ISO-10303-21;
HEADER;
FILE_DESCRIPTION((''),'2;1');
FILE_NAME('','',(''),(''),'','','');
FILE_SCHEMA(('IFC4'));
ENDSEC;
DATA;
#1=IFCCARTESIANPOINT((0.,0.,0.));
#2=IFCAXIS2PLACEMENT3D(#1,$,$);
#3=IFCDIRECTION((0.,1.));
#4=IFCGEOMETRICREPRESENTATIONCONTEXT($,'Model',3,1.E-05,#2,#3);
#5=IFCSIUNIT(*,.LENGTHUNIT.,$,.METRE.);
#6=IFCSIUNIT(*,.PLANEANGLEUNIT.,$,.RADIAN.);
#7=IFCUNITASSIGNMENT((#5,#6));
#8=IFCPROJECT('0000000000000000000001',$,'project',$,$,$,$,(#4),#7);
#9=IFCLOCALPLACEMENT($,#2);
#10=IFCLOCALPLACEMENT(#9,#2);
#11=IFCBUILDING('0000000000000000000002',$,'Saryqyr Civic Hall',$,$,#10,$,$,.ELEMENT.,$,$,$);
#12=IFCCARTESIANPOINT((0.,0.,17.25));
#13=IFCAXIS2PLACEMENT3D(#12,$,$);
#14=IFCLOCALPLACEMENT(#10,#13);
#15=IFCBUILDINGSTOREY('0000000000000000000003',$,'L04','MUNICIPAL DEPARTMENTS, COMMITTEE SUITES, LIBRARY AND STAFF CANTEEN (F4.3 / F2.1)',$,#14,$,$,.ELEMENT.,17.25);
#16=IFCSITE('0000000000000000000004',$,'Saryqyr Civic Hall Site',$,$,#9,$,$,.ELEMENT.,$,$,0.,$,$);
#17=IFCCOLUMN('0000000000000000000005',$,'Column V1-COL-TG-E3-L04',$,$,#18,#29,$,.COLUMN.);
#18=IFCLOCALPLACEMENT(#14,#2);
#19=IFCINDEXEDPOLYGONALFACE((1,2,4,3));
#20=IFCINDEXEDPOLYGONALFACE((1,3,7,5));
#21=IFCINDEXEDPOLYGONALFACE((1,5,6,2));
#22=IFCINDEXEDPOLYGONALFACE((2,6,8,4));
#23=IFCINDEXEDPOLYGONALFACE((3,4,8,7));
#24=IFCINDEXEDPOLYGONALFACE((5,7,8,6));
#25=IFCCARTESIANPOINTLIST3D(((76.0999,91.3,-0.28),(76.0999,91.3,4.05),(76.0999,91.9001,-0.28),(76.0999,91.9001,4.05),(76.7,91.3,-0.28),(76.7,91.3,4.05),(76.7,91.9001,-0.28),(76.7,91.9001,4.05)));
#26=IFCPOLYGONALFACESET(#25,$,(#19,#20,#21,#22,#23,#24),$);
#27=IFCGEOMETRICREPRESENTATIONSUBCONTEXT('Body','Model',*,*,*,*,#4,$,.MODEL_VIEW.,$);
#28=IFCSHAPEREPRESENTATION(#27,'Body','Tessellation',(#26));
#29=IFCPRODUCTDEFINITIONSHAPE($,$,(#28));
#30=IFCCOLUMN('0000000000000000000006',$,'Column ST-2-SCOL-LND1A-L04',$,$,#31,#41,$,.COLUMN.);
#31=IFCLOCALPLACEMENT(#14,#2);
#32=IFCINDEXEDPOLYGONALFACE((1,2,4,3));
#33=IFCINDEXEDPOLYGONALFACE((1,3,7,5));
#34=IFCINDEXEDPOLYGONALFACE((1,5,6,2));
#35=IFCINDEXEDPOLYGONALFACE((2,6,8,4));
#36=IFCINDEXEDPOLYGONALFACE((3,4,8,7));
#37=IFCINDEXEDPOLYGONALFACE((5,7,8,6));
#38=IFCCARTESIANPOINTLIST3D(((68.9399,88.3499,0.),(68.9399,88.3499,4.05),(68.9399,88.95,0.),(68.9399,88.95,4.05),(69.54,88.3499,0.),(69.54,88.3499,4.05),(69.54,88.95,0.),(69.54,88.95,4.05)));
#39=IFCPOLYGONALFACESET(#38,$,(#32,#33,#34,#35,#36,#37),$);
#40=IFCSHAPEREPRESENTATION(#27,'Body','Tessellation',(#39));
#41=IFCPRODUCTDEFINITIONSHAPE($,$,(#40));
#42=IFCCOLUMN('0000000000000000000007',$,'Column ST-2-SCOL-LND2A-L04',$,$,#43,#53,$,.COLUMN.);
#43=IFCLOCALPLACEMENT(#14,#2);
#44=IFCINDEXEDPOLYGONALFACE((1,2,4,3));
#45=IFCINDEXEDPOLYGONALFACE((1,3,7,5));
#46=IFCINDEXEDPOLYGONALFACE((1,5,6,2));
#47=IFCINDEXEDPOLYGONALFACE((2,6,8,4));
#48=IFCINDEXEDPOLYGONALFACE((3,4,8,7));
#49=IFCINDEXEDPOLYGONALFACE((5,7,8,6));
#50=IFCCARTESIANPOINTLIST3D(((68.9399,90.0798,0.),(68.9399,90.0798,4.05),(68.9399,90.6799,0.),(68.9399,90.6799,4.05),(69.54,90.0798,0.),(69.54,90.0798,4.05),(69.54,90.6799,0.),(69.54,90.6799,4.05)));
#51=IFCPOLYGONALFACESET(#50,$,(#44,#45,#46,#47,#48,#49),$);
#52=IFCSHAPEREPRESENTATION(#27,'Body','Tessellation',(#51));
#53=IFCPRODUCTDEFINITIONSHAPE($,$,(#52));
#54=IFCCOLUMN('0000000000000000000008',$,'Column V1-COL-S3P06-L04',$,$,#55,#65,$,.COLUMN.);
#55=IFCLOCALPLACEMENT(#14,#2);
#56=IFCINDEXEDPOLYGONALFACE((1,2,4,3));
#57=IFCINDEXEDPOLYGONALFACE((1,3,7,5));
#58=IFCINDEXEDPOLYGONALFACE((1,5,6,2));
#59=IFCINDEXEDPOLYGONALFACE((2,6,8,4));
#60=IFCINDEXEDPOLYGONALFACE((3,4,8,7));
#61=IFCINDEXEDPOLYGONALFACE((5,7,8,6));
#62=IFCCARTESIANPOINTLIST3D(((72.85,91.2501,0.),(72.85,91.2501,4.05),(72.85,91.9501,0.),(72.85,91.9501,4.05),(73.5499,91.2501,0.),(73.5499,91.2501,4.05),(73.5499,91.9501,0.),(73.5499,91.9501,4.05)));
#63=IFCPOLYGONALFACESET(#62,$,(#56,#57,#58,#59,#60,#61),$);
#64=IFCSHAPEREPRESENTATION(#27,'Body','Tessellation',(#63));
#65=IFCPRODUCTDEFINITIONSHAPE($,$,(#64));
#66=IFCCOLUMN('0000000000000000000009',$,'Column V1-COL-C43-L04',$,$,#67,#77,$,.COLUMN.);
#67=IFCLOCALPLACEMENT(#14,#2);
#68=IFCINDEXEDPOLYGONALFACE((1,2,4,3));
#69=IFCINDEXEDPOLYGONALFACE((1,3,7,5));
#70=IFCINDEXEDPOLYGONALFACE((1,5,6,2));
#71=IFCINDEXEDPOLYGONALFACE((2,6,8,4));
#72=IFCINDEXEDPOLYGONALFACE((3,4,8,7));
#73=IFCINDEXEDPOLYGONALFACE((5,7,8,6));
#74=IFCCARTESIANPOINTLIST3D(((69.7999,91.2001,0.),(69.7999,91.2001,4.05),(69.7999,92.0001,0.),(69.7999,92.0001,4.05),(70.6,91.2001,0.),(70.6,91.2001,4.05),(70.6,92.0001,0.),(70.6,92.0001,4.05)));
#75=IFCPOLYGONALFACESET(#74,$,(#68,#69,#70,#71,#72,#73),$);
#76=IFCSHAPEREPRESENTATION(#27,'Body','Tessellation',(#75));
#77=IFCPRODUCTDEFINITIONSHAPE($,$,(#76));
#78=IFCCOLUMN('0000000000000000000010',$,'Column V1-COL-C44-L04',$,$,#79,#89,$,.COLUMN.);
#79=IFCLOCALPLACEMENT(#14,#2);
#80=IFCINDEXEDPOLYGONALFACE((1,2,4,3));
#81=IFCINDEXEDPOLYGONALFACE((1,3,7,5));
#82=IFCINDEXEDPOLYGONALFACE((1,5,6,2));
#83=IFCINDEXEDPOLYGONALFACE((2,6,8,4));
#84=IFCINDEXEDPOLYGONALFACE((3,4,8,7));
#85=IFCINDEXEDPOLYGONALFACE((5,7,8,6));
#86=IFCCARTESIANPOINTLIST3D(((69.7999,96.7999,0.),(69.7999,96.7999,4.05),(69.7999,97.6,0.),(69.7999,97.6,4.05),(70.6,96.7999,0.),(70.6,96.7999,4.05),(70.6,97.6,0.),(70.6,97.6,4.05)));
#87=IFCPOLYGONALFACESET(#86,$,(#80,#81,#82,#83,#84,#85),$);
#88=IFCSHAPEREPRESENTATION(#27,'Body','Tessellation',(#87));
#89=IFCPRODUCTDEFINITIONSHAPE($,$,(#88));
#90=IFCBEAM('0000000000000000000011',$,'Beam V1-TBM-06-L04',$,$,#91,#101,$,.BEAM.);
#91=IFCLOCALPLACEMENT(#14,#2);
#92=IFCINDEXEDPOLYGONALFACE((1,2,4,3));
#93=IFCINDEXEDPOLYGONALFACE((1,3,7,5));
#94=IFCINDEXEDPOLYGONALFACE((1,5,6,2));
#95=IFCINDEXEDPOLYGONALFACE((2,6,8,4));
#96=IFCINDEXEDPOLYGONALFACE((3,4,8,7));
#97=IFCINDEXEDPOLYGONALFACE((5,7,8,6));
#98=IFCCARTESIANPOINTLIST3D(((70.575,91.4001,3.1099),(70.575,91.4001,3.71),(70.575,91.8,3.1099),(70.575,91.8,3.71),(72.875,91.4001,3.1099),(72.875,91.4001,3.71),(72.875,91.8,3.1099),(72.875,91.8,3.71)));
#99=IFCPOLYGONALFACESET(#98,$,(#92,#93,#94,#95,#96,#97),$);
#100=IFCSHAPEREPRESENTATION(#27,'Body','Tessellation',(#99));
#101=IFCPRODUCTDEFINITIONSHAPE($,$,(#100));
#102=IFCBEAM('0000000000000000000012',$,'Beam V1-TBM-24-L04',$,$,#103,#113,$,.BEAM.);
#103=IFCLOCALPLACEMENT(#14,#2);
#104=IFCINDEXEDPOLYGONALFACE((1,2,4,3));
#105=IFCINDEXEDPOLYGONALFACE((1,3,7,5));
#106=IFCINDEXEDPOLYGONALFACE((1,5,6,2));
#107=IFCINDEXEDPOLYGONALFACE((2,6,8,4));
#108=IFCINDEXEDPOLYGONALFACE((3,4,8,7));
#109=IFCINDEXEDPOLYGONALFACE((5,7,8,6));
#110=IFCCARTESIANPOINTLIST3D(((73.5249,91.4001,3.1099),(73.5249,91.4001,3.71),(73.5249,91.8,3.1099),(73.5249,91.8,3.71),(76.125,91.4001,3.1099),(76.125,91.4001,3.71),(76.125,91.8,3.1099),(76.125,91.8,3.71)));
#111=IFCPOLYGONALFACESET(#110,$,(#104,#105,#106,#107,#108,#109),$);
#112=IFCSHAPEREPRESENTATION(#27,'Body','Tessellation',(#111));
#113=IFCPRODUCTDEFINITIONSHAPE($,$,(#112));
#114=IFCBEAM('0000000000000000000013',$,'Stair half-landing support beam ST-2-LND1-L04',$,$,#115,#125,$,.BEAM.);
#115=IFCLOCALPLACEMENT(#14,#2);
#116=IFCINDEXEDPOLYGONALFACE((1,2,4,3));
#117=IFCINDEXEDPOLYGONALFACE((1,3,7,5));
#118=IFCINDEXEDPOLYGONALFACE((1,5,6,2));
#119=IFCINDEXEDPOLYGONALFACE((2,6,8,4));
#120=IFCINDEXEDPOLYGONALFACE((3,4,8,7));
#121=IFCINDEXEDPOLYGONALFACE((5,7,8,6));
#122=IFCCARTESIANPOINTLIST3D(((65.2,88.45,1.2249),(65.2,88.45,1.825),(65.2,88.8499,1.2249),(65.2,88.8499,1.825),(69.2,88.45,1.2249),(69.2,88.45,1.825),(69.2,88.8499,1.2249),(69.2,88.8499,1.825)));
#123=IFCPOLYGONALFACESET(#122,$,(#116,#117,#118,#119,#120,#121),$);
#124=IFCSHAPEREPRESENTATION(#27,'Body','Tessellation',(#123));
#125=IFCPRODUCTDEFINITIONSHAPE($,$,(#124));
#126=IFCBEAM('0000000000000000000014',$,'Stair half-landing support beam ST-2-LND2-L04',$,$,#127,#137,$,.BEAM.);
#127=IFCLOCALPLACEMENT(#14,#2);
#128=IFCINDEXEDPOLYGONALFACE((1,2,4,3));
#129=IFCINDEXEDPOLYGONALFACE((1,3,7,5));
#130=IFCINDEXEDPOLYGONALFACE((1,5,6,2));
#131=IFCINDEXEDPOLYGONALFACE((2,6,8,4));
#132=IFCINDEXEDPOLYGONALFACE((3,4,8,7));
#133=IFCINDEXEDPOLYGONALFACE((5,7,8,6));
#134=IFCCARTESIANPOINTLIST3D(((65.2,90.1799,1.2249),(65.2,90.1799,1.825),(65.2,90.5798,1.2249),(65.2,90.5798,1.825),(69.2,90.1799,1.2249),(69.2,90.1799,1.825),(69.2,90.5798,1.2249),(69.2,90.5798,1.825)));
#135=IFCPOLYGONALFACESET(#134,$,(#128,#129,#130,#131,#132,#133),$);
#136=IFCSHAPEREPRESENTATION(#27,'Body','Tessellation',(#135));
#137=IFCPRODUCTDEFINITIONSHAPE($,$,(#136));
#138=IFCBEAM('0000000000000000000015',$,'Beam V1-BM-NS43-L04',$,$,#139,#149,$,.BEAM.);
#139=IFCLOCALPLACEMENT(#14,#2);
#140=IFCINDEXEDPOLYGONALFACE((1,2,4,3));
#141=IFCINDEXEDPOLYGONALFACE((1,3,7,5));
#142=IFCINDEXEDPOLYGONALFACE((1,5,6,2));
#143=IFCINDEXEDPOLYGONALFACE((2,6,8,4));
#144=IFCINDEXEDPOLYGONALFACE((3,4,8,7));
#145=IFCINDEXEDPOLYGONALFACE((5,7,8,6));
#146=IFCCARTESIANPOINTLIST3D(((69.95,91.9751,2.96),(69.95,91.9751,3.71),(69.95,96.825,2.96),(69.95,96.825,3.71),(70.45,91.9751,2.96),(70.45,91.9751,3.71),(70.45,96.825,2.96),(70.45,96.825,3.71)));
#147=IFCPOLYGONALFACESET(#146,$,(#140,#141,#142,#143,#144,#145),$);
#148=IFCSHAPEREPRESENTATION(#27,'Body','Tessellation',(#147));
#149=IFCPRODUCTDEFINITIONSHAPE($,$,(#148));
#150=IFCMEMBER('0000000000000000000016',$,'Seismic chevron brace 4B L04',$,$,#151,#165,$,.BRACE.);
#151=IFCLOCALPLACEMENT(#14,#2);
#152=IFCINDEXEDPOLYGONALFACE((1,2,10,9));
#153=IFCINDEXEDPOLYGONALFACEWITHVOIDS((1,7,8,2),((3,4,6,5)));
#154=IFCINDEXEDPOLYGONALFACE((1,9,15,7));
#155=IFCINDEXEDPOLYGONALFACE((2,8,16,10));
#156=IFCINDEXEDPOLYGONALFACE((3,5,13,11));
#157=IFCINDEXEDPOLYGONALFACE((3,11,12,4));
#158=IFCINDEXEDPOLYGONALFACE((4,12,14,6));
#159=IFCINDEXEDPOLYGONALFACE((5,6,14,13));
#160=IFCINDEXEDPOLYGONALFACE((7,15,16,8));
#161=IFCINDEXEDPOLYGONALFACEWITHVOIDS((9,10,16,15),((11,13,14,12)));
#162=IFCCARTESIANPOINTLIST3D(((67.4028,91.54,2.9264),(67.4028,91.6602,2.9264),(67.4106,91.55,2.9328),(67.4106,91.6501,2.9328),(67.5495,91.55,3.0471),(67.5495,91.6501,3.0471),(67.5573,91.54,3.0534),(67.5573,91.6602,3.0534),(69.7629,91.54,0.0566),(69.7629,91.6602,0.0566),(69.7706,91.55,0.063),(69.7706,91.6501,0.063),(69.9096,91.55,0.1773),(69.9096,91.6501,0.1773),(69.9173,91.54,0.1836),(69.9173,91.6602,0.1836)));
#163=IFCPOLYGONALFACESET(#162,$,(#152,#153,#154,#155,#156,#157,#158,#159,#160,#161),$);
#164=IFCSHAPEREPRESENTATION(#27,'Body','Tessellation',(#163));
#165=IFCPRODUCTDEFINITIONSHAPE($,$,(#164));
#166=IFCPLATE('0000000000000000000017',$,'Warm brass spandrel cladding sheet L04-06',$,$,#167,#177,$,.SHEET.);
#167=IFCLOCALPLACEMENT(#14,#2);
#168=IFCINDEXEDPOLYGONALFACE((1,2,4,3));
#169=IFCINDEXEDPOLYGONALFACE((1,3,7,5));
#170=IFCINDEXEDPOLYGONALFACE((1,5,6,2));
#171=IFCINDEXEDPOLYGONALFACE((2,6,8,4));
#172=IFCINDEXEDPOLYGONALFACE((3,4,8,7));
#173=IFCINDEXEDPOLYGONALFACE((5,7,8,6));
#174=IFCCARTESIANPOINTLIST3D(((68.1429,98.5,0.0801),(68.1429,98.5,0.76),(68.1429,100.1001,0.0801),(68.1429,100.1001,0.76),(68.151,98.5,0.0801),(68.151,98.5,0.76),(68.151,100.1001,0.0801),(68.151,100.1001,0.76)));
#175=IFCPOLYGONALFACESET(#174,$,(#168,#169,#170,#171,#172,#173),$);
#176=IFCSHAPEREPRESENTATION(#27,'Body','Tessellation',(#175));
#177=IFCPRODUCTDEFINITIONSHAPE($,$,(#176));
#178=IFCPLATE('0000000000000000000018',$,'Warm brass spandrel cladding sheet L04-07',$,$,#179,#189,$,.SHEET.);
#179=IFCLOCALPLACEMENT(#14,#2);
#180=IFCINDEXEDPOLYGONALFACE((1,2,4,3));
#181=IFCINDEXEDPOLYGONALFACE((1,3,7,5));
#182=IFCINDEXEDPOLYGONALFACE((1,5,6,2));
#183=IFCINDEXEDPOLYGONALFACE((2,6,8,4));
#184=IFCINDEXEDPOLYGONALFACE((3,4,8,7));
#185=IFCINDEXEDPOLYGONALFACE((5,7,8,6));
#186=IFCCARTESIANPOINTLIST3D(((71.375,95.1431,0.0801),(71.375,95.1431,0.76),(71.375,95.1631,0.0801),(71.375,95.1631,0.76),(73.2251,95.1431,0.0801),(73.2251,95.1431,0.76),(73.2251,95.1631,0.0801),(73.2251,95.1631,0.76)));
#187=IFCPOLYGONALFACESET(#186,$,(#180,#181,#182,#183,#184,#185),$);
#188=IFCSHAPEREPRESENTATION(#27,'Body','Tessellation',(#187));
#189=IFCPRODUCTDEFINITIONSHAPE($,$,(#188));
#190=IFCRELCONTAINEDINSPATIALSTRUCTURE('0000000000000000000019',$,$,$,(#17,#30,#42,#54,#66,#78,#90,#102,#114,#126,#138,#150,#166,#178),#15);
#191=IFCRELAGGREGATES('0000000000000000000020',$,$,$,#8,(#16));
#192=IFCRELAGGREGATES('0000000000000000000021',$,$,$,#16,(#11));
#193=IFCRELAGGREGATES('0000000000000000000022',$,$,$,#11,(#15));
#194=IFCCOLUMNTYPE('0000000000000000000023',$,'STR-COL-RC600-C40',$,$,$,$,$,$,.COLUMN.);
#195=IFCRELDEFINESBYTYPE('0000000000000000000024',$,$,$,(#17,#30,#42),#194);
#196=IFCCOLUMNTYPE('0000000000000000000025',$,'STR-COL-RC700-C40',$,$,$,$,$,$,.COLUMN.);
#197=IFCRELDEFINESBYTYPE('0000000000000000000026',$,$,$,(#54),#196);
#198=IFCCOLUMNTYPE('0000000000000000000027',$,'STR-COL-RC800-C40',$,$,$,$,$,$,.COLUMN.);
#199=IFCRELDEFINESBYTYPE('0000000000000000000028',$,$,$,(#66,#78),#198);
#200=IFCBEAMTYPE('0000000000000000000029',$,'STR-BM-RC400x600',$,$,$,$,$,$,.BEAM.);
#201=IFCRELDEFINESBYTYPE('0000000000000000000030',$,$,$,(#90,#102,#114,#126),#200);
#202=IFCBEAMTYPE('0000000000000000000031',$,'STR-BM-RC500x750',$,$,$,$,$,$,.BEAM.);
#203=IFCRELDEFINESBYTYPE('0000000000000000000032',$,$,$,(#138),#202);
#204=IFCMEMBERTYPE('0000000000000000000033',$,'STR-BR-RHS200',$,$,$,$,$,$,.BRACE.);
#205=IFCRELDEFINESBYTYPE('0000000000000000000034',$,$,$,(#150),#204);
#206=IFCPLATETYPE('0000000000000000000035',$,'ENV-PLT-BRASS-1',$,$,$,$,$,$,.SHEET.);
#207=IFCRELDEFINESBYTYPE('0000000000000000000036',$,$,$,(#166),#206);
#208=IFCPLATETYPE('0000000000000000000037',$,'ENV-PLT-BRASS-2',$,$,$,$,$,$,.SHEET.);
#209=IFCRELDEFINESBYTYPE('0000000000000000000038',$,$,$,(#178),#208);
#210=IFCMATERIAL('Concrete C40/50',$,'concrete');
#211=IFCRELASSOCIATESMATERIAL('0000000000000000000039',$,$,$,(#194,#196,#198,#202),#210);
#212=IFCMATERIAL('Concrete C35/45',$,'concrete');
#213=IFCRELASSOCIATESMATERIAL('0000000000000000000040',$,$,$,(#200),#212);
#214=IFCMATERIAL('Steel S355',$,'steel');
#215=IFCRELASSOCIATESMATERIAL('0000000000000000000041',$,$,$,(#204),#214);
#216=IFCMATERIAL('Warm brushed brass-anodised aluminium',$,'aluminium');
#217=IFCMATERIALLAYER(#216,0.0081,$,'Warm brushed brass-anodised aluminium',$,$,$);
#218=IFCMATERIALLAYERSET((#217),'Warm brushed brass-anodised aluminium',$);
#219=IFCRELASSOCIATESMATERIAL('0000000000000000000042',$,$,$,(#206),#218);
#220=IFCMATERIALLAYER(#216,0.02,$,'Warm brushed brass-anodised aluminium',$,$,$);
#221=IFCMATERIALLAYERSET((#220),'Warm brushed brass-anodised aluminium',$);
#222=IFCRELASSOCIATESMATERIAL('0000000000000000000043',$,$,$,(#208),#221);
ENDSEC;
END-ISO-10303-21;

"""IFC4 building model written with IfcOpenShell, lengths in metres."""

from ifc_helpers import new_model, si_unit, direction, frame, origin, origin_2d, place, context, subcontext, project, spatial, rectangle, hollow_rectangle, extrude, material, layer, layer_set, material_profile, profile_set, type_object, element, save


model = new_model("IFC4")

# Units and contexts
model_context = context("Model", 3, precision=1e-05, world=origin(), true_north=direction((0.0, 1.0)))
body_context = subcontext(model_context, "Body", "Model", "MODEL_VIEW")
ifc_project = project(units=[si_unit("LENGTHUNIT", "METRE"), si_unit("PLANEANGLEUNIT", "RADIAN")], contexts=[model_context])

# Site, building, storey
site_placement = place(None, origin())
site = spatial("IfcSite", under=ifc_project, at=site_placement, Name="Saryqyr Civic Hall Site", CompositionType="ELEMENT", RefElevation=0.0)
building_placement = place(site_placement, origin())
building = spatial("IfcBuilding", under=site, at=building_placement, Name="Saryqyr Civic Hall", CompositionType="ELEMENT")
storey_placement = place(building_placement, frame((0.0, 0.0, 17.25)))
storey = spatial("IfcBuildingStorey", under=building, at=storey_placement, Name="L04", Description="MUNICIPAL DEPARTMENTS, COMMITTEE SUITES, LIBRARY AND STAFF CANTEEN (F4.3 / F2.1)", CompositionType="ELEMENT", Elevation=17.25)

# Columns
ifc_material_1 = material(Name="Concrete C40/50", Category="concrete")
ifc_material_profile_1 = material_profile(ifc_material_1, rectangle(XDim=0.6001, YDim=0.6001, at=origin_2d()), Name="RC 600x600")
ifc_profile_set_1 = profile_set([ifc_material_profile_1], Name="Concrete C40/50")
column_type_1 = type_object("IfcColumnType", Name="STR-COL-RC600-C40", PredefinedType="COLUMN", material=ifc_profile_set_1)
column_1_placement = place(storey_placement, frame((76.3999, 91.6001, -0.28), z_axis=(0.0, 0.0, 1.0), x_axis=(1.0, 0.0, 0.0)))
element("IfcColumn", 1, at=column_1_placement, inside=storey, type_object=column_type_1, Name="Column V1-COL-TG-E3-L04", PredefinedType="COLUMN", context=body_context, shape_type="SweptSolid", body=[
    extrude(rectangle(XDim=0.6001, YDim=0.6001, at=origin_2d()), origin(), (0.0, 0.0, 1.0), 4.3301),
])
for number, where, z_axis, x_axis, name in (
    (2, (69.24, 88.6499, 0.0), (0.0, 0.0, 1.0), (1.0, 0.0, 0.0), "Column ST-2-SCOL-LND1A-L04"),
    (3, (69.24, 90.3799, 0.0), (0.0, 0.0, 1.0), (1.0, 0.0, 0.0), "Column ST-2-SCOL-LND2A-L04"),
):
    element("IfcColumn", number, at=place(storey_placement, frame(where, z_axis=z_axis, x_axis=x_axis)), inside=storey, type_object=column_type_1, Name=name, PredefinedType="COLUMN", context=body_context, shape_type="SweptSolid", body=[
        extrude(rectangle(XDim=0.6001, YDim=0.6001, at=origin_2d()), origin(), (0.0, 0.0, 1.0), 4.05),
    ])
ifc_material_profile_2 = material_profile(ifc_material_1, rectangle(XDim=0.7, YDim=0.7, at=origin_2d()), Name="RC 700x700")
ifc_profile_set_2 = profile_set([ifc_material_profile_2], Name="Concrete C40/50")
column_type_2 = type_object("IfcColumnType", Name="STR-COL-RC700-C40", PredefinedType="COLUMN", material=ifc_profile_set_2)
column_2_placement = place(storey_placement, frame((73.2, 91.6001, 0.0), z_axis=(0.0, 0.0, 1.0), x_axis=(1.0, 0.0, 0.0)))
element("IfcColumn", 4, at=column_2_placement, inside=storey, type_object=column_type_2, Name="Column V1-COL-S3P06-L04", PredefinedType="COLUMN", context=body_context, shape_type="SweptSolid", body=[
    extrude(rectangle(XDim=0.7, YDim=0.7, at=origin_2d()), origin(), (0.0, 0.0, 1.0), 4.05),
])
ifc_material_profile_3 = material_profile(ifc_material_1, rectangle(XDim=0.8, YDim=0.8, at=origin_2d()), Name="RC 800x800")
ifc_profile_set_3 = profile_set([ifc_material_profile_3], Name="Concrete C40/50")
column_type_3 = type_object("IfcColumnType", Name="STR-COL-RC800-C40", PredefinedType="COLUMN", material=ifc_profile_set_3)
for number, where, z_axis, x_axis, name in (
    (5, (70.2, 91.6001, 0.0), (0.0, 0.0, 1.0), (1.0, 0.0, 0.0), "Column V1-COL-C43-L04"),
    (6, (70.2, 97.2, 0.0), (0.0, 0.0, 1.0), (1.0, 0.0, 0.0), "Column V1-COL-C44-L04"),
):
    element("IfcColumn", number, at=place(storey_placement, frame(where, z_axis=z_axis, x_axis=x_axis)), inside=storey, type_object=column_type_3, Name=name, PredefinedType="COLUMN", context=body_context, shape_type="SweptSolid", body=[
        extrude(rectangle(XDim=0.8, YDim=0.8, at=origin_2d()), origin(), (0.0, 0.0, 1.0), 4.05),
    ])

# Beams
ifc_material_2 = material(Name="Concrete C35/45", Category="concrete")
ifc_material_profile_4 = material_profile(ifc_material_2, rectangle(XDim=0.3999, YDim=0.6001, at=origin_2d()), Name="RC 400x600")
ifc_profile_set_4 = profile_set([ifc_material_profile_4], Name="Concrete C35/45")
beam_type_1 = type_object("IfcBeamType", Name="STR-BM-RC400x600", PredefinedType="BEAM", material=ifc_profile_set_4)
beam_1_placement = place(storey_placement, frame((70.575, 91.6001, 3.4099), z_axis=(1.0, 0.0, 0.0), x_axis=(0.0, 1.0, 0.0)))
element("IfcBeam", 7, at=beam_1_placement, inside=storey, type_object=beam_type_1, Name="Beam V1-TBM-06-L04", PredefinedType="BEAM", context=body_context, shape_type="SweptSolid", body=[
    extrude(rectangle(XDim=0.3999, YDim=0.6001, at=origin_2d()), origin(), (0.0, 0.0, 1.0), 2.3),
])
beam_2_placement = place(storey_placement, frame((73.5249, 91.6001, 3.4099), z_axis=(1.0, 0.0, 0.0), x_axis=(0.0, 1.0, 0.0)))
element("IfcBeam", 8, at=beam_2_placement, inside=storey, type_object=beam_type_1, Name="Beam V1-TBM-24-L04", PredefinedType="BEAM", context=body_context, shape_type="SweptSolid", body=[
    extrude(rectangle(XDim=0.3999, YDim=0.6001, at=origin_2d()), origin(), (0.0, 0.0, 1.0), 2.6001),
])
for number, where, z_axis, x_axis, name in (
    (9, (69.2, 88.6499, 1.5249), (-1.0, 0.0, 0.0), (0.0, -1.0, 0.0), "Stair half-landing support beam ST-2-LND1-L04"),
    (10, (69.2, 90.3799, 1.5249), (-1.0, 0.0, 0.0), (0.0, -1.0, 0.0), "Stair half-landing support beam ST-2-LND2-L04"),
):
    element("IfcBeam", number, at=place(storey_placement, frame(where, z_axis=z_axis, x_axis=x_axis)), inside=storey, type_object=beam_type_1, Name=name, PredefinedType="BEAM", context=body_context, shape_type="SweptSolid", body=[
        extrude(rectangle(XDim=0.3999, YDim=0.6001, at=origin_2d()), origin(), (0.0, 0.0, 1.0), 4.0),
    ])
ifc_material_profile_5 = material_profile(ifc_material_1, rectangle(XDim=0.5, YDim=0.75, at=origin_2d()), Name="RC 500x750")
ifc_profile_set_5 = profile_set([ifc_material_profile_5], Name="Concrete C40/50")
beam_type_2 = type_object("IfcBeamType", Name="STR-BM-RC500x750", PredefinedType="BEAM", material=ifc_profile_set_5)
beam_3_placement = place(storey_placement, frame((70.2, 91.9751, 3.335), z_axis=(0.0, 1.0, 0.0), x_axis=(-1.0, 0.0, 0.0)))
element("IfcBeam", 11, at=beam_3_placement, inside=storey, type_object=beam_type_2, Name="Beam V1-BM-NS43-L04", PredefinedType="BEAM", context=body_context, shape_type="SweptSolid", body=[
    extrude(rectangle(XDim=0.5, YDim=0.75, at=origin_2d()), origin(), (0.0, 0.0, 1.0), 4.8499),
])

# Member
ifc_material_3 = material(Name="Steel S355", Category="steel")
ifc_material_profile_6 = material_profile(ifc_material_3, hollow_rectangle(XDim=0.1201, YDim=0.2, WallThickness=0.01, at=origin_2d()), Name="RHS 200x120x10")
ifc_profile_set_6 = profile_set([ifc_material_profile_6], Name="Steel S355")
member_type = type_object("IfcMemberType", Name="STR-BR-RHS200", PredefinedType="BRACE", material=ifc_profile_set_6)
member_placement = place(storey_placement, frame((69.8401, 91.6001, 0.1201), z_axis=(-0.635175, 0.0, 0.772368), x_axis=(0.0, -1.0, 0.0)))
element("IfcMember", 12, at=member_placement, inside=storey, type_object=member_type, Name="Seismic chevron brace 4B L04", PredefinedType="BRACE", context=body_context, shape_type="SweptSolid", body=[
    extrude(hollow_rectangle(XDim=0.1201, YDim=0.2, WallThickness=0.01, at=origin_2d()), origin(), (0.0, 0.0, 1.0), 3.7156),
])

# Plates
ifc_material_4 = material(Name="Warm brushed brass-anodised aluminium", Category="aluminium")
ifc_layer_1 = layer(ifc_material_4, 0.0081, Name="Warm brushed brass-anodised aluminium")
ifc_layer_set_1 = layer_set([ifc_layer_1], Name="Warm brushed brass-anodised aluminium")
plate_type_1 = type_object("IfcPlateType", Name="ENV-PLT-BRASS-1", PredefinedType="SHEET", material=ifc_layer_set_1)
plate_1_placement = place(storey_placement, frame((68.147, 99.3, 0.0801), z_axis=(0.0, 0.0, 1.0), x_axis=(0.0, -1.0, 0.0)))
element("IfcPlate", 13, at=plate_1_placement, inside=storey, type_object=plate_type_1, Name="Warm brass spandrel cladding sheet L04-06", PredefinedType="SHEET", context=body_context, shape_type="SweptSolid", body=[
    extrude(rectangle(XDim=1.6001, YDim=0.0081, at=origin_2d()), origin(), (0.0, 0.0, 1.0), 0.6799),
])
ifc_layer_2 = layer(ifc_material_4, 0.02, Name="Warm brushed brass-anodised aluminium")
ifc_layer_set_2 = layer_set([ifc_layer_2], Name="Warm brushed brass-anodised aluminium")
plate_type_2 = type_object("IfcPlateType", Name="ENV-PLT-BRASS-2", PredefinedType="SHEET", material=ifc_layer_set_2)
plate_2_placement = place(storey_placement, frame((72.3, 95.1531, 0.0801), z_axis=(0.0, 0.0, 1.0), x_axis=(1.0, 0.0, 0.0)))
element("IfcPlate", 14, at=plate_2_placement, inside=storey, type_object=plate_type_2, Name="Warm brass spandrel cladding sheet L04-07", PredefinedType="SHEET", context=body_context, shape_type="SweptSolid", body=[
    extrude(rectangle(XDim=1.8501, YDim=0.02, at=origin_2d()), origin(), (0.0, 0.0, 1.0), 0.6799),
])

save(model, "model.ifc")
